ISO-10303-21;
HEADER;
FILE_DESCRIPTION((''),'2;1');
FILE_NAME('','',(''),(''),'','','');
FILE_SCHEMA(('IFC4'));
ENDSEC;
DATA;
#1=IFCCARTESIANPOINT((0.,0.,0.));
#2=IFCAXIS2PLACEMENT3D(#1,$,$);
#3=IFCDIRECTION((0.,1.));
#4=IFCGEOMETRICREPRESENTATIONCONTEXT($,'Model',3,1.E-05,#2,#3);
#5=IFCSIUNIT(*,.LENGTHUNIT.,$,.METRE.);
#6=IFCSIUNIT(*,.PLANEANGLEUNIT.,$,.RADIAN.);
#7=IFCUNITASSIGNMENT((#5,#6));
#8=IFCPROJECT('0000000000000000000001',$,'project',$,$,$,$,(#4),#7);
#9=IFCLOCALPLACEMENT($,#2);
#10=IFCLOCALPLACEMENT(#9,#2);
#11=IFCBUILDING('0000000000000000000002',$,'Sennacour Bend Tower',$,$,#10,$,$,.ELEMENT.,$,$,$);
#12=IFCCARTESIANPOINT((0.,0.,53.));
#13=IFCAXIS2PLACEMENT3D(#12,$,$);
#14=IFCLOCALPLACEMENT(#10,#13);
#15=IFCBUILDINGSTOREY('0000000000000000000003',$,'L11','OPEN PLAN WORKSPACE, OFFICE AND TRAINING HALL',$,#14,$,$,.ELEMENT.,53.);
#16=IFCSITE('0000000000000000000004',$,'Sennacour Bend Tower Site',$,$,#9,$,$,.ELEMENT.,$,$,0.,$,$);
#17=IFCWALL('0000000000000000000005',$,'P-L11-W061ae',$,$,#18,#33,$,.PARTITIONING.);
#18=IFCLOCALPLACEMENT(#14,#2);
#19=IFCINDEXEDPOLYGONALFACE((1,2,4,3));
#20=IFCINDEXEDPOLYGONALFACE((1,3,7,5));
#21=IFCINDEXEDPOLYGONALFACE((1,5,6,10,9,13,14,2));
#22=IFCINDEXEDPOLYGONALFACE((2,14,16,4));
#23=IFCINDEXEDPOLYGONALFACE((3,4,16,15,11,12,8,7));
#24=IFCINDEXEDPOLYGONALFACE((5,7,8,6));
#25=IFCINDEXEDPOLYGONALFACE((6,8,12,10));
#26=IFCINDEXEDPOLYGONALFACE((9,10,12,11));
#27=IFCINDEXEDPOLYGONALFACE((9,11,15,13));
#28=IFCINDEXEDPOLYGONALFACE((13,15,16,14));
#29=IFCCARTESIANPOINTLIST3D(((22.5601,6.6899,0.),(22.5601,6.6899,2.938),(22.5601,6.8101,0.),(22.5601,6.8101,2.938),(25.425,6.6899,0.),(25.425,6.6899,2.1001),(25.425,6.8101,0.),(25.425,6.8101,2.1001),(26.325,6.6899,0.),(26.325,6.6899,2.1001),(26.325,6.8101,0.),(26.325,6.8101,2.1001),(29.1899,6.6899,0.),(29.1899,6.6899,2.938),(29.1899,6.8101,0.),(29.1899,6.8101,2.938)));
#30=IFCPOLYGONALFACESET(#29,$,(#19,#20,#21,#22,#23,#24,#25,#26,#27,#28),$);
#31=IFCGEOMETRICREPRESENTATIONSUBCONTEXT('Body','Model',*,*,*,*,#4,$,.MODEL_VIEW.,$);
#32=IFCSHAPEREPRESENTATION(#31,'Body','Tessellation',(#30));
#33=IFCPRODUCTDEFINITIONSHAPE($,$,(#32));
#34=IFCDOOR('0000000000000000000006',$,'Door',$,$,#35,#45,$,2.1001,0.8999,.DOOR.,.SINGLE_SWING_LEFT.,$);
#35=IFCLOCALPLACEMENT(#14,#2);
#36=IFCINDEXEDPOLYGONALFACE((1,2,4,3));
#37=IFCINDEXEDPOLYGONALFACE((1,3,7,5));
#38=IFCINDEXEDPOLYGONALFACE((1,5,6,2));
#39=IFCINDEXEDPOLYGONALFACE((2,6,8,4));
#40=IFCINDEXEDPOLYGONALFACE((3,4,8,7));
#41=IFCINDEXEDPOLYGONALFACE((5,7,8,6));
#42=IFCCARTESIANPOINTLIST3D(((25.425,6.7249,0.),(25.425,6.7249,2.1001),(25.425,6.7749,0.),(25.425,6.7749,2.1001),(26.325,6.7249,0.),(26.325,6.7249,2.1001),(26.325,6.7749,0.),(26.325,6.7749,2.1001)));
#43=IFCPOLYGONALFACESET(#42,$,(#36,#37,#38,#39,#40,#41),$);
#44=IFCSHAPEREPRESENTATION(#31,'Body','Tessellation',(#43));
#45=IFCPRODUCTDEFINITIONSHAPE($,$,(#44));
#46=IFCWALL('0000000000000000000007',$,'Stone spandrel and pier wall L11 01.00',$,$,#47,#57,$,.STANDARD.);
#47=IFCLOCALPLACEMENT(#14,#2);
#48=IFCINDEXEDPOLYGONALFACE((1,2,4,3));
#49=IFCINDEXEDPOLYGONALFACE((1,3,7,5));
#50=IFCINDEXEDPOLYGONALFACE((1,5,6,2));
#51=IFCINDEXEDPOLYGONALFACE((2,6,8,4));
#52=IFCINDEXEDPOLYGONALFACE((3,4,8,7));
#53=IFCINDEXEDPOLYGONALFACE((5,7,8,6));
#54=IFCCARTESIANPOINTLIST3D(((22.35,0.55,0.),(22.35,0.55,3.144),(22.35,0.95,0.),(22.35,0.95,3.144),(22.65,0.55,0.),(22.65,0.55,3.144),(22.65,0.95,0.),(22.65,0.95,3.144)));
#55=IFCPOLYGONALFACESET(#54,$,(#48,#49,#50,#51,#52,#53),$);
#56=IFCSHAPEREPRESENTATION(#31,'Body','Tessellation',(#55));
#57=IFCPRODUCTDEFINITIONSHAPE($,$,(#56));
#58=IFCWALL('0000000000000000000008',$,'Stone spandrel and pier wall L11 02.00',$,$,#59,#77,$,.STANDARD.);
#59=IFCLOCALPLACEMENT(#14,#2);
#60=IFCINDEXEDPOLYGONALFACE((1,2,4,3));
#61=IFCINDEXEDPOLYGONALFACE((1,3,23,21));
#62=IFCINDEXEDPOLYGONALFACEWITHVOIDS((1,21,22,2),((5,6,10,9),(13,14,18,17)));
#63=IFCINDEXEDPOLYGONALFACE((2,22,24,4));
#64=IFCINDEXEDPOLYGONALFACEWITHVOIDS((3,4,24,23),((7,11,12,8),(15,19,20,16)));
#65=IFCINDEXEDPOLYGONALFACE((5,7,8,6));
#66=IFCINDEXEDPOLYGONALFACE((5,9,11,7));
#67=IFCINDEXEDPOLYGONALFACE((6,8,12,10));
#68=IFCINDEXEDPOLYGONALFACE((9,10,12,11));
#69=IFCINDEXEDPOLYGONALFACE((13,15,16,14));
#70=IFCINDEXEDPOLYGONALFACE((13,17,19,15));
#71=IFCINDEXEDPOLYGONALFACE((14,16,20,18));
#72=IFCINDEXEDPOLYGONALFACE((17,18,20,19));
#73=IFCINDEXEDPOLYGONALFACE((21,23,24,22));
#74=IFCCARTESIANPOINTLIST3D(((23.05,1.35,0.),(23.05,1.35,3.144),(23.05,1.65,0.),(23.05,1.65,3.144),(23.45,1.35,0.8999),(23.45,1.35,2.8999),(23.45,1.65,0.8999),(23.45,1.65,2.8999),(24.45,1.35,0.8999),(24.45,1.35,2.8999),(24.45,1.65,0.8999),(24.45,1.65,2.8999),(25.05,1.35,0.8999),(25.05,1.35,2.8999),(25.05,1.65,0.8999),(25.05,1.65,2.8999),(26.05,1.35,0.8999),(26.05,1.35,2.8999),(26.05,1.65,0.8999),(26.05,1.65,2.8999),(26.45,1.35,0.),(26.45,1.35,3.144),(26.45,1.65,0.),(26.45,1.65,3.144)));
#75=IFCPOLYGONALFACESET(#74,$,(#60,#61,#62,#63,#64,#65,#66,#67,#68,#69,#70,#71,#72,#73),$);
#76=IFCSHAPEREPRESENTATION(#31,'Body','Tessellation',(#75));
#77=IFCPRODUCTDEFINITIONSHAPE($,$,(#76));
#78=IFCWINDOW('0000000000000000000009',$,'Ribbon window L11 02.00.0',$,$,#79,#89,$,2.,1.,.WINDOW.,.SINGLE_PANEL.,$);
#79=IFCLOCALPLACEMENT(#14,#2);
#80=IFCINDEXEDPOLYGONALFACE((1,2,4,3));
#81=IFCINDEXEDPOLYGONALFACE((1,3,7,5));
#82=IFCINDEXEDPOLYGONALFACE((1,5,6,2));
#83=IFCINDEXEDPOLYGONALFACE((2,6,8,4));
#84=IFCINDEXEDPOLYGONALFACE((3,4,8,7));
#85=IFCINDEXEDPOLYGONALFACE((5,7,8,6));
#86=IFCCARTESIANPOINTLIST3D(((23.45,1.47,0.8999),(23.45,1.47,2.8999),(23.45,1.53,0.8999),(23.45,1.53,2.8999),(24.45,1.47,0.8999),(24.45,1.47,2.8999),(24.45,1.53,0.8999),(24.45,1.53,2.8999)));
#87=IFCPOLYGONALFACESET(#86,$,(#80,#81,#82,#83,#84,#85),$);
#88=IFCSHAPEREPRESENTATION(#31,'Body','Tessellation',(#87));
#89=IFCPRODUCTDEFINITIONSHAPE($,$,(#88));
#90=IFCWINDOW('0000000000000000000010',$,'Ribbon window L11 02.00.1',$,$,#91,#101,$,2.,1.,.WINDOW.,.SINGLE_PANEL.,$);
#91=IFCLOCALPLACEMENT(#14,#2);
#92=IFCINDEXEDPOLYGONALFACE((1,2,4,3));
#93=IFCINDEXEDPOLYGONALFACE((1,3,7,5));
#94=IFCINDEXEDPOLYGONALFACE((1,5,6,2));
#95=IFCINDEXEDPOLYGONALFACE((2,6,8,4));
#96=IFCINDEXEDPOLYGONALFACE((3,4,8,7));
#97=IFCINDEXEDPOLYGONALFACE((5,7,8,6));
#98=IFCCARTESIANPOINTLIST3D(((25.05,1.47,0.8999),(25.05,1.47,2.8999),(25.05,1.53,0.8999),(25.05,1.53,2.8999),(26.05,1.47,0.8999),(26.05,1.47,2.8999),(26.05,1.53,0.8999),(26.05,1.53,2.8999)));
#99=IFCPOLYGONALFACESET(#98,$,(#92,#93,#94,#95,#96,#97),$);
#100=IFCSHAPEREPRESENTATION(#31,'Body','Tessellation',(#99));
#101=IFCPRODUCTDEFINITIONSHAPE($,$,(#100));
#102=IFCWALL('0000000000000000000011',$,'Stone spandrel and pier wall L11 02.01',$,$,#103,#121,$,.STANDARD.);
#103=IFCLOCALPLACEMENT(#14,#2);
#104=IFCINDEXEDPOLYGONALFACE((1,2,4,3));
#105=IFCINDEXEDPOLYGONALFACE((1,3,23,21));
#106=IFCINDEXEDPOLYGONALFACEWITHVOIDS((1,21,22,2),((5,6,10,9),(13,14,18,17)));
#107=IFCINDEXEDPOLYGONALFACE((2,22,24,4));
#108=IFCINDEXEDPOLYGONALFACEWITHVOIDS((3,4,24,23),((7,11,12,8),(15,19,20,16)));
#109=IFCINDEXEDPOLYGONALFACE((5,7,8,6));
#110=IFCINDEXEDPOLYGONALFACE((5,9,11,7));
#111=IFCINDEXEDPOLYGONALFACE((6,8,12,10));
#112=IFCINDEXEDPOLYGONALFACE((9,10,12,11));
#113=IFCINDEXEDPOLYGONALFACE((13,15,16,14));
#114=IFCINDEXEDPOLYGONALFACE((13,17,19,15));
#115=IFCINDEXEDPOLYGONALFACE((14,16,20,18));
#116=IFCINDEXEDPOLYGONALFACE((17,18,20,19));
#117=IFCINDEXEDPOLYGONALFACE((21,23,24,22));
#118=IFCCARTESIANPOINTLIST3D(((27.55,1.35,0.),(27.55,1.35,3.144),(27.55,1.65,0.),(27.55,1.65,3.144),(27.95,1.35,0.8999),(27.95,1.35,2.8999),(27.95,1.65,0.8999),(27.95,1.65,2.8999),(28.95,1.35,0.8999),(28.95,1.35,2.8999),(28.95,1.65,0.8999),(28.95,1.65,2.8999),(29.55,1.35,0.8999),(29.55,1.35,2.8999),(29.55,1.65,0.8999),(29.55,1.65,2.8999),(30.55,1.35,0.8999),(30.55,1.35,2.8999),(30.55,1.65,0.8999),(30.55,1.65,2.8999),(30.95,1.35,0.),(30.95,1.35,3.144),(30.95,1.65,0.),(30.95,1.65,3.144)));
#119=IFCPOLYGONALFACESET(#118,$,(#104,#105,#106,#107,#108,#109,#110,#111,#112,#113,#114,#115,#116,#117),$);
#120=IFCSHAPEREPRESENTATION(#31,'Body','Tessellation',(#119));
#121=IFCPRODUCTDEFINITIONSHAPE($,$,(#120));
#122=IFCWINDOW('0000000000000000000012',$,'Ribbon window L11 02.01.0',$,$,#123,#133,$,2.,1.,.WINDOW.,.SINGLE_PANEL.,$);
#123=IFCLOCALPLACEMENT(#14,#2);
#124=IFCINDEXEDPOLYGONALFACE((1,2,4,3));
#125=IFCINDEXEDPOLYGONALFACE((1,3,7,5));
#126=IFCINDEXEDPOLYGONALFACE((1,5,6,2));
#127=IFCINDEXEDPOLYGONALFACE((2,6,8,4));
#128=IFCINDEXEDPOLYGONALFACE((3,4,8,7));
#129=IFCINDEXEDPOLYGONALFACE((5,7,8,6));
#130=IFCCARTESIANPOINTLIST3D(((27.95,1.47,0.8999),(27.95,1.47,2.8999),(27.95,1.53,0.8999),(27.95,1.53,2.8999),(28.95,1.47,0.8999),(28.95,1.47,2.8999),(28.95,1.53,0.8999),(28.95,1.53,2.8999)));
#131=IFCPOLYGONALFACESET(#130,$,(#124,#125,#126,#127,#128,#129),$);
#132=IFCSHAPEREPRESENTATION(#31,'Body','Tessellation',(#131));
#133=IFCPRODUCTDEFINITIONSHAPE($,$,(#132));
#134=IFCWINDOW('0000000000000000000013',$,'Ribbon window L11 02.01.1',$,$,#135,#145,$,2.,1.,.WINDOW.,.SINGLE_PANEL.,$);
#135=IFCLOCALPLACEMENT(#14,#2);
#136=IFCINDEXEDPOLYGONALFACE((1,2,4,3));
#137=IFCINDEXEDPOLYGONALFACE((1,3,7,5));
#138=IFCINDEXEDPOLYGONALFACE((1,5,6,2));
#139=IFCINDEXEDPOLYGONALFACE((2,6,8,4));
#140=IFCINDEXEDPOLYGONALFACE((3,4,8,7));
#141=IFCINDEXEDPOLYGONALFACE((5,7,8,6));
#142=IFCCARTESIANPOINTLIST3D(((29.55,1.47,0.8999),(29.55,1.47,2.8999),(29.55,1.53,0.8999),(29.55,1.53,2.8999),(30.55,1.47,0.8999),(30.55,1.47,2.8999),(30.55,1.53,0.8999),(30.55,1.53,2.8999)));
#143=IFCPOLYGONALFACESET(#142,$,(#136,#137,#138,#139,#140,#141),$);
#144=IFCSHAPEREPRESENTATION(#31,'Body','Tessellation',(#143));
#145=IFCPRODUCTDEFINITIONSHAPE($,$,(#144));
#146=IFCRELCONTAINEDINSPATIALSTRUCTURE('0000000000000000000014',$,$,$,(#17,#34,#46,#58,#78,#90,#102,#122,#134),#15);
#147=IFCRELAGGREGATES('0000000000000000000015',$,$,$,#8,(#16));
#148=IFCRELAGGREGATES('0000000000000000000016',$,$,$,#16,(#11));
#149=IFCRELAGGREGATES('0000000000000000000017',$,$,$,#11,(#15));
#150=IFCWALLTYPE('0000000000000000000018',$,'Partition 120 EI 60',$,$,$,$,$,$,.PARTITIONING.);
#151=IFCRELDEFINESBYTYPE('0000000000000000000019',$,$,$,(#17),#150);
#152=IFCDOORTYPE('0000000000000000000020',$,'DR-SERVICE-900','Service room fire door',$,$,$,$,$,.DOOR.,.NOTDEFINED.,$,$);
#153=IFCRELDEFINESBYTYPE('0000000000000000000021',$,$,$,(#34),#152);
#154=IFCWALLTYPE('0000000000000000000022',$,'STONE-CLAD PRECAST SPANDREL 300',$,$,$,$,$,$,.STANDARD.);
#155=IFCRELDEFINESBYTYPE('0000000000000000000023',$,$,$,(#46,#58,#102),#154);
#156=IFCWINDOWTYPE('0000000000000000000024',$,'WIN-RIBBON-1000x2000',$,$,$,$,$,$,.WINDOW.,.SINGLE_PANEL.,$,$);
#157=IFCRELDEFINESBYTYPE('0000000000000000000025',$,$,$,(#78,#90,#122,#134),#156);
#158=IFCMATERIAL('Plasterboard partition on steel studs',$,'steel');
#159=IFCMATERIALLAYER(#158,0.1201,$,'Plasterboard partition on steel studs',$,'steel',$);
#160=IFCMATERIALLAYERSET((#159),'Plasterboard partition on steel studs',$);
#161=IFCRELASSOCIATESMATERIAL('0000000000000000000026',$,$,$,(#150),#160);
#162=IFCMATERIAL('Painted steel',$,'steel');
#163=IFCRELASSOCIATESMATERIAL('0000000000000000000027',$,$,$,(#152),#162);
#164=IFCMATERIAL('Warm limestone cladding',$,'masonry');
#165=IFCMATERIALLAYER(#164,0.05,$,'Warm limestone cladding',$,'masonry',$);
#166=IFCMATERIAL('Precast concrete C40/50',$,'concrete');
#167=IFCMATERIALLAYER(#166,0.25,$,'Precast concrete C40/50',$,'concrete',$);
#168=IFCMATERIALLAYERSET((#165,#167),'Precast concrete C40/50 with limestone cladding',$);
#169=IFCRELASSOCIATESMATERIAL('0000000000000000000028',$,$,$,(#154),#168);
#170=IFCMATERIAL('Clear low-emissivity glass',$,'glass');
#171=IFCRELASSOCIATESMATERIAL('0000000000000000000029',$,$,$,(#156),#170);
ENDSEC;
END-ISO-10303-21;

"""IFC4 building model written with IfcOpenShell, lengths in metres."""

from ifc_helpers import new_model, si_unit, direction, frame, frame_2d, origin, place, context, subcontext, project, spatial, rectangle, extrude, material, layer, layer_set, type_object, element, fill, save


model = new_model("IFC4")

# Units and contexts
model_context = context("Model", 3, precision=1e-05, world=origin(), true_north=direction((0.0, 1.0)))
body_context = subcontext(model_context, "Body", "Model", "MODEL_VIEW")
ifc_project = project(units=[si_unit("LENGTHUNIT", "METRE"), si_unit("PLANEANGLEUNIT", "RADIAN")], contexts=[model_context])

# Site, building, storey
site_placement = place(None, origin())
site = spatial("IfcSite", under=ifc_project, at=site_placement, Name="Sennacour Bend Tower Site", CompositionType="ELEMENT", RefElevation=0.0)
building_placement = place(site_placement, origin())
building = spatial("IfcBuilding", under=site, at=building_placement, Name="Sennacour Bend Tower", CompositionType="ELEMENT")
storey_placement = place(building_placement, frame((0.0, 0.0, 53.0)))
storey = spatial("IfcBuildingStorey", under=building, at=storey_placement, Name="L11", Description="OPEN PLAN WORKSPACE, OFFICE AND TRAINING HALL", CompositionType="ELEMENT", Elevation=53.0)

# Shared definitions
ifc_material_1 = material(Name="Plasterboard partition on steel studs", Category="steel")

# Wall, opening, door
ifc_layer_1 = layer(ifc_material_1, 0.1201, Name="Plasterboard partition on steel studs", Category="steel")
ifc_layer_set_1 = layer_set([ifc_layer_1], Name="Plasterboard partition on steel studs")
wall_type_1 = type_object("IfcWallType", Name="Partition 120 EI 60", PredefinedType="PARTITIONING", material=ifc_layer_set_1)
wall_1_placement = place(storey_placement, frame((22.5601, 6.75, 0.0), z_axis=(0.0, 0.0, 1.0), x_axis=(1.0, 0.0, 0.0)))
wall_1 = element("IfcWall", 1, at=wall_1_placement, inside=storey, type_object=wall_type_1, Name="P-L11-W061ae", PredefinedType="PARTITIONING", context=body_context, shape_type="SweptSolid", body=[
    extrude(rectangle(XDim=6.6299, YDim=0.1201, at=frame_2d((3.3149, 0.0))), origin(), (0.0, 0.0, 1.0), 2.938),
])
opening_1_placement = place(wall_1_placement, frame((2.865, 0.0, 0.0)))
opening_1 = element("IfcOpeningElement", 2, at=opening_1_placement, cuts=wall_1, PredefinedType="OPENING", context=body_context, shape_type="SweptSolid", body=[
    extrude(rectangle(XDim=0.8999, YDim=2.1001, at=frame_2d((0.45, 1.05))), frame((0.0, 0.0701, 0.0), z_axis=(0.0, -1.0, 0.0), x_axis=(1.0, 0.0, 0.0)), (0.0, 0.0, 1.0), 0.1401),
])
ifc_material_2 = material(Name="Painted steel", Category="steel")
door_type_1 = type_object("IfcDoorType", Name="DR-SERVICE-900", Description="Service room fire door", OperationType="NOTDEFINED", PredefinedType="DOOR", material=ifc_material_2)
door_1_placement = place(opening_1_placement, origin())
door_1 = element("IfcDoor", 3, at=door_1_placement, inside=storey, type_object=door_type_1, Name="Door", OperationType="SINGLE_SWING_LEFT", OverallHeight=2.1001, OverallWidth=0.8999, PredefinedType="DOOR", context=body_context, shape_type="SweptSolid", body=[
    extrude(rectangle(XDim=0.8999, YDim=2.1001, at=frame_2d((0.45, 1.05))), frame((0.0, 0.0249, 0.0), z_axis=(0.0, -1.0, 0.0), x_axis=(1.0, 0.0, 0.0)), (0.0, 0.0, 1.0), 0.05),
])
fill(opening_1, door_1)

# Wall
ifc_material_3 = material(Name="Warm limestone cladding", Category="masonry")
ifc_layer_2 = layer(ifc_material_3, 0.05, Name="Warm limestone cladding", Category="masonry")
ifc_material_4 = material(Name="Precast concrete C40/50", Category="concrete")
ifc_layer_3 = layer(ifc_material_4, 0.25, Name="Precast concrete C40/50", Category="concrete")
ifc_layer_set_2 = layer_set([ifc_layer_2, ifc_layer_3], Name="Precast concrete C40/50 with limestone cladding")
wall_type_2 = type_object("IfcWallType", Name="STONE-CLAD PRECAST SPANDREL 300", PredefinedType="STANDARD", material=ifc_layer_set_2)
wall_2_placement = place(storey_placement, frame((22.5, 0.55, 0.0), z_axis=(0.0, 0.0, 1.0), x_axis=(0.0, 1.0, 0.0)))
element("IfcWall", 4, at=wall_2_placement, inside=storey, type_object=wall_type_2, Name="Stone spandrel and pier wall L11 01.00", PredefinedType="STANDARD", context=body_context, shape_type="SweptSolid", body=[
    extrude(rectangle(XDim=0.3999, YDim=0.3, at=frame_2d((0.2, 0.0))), origin(), (0.0, 0.0, 1.0), 3.144),
])

# Walls, openings, windows
wall_3_placement = place(storey_placement, frame((23.05, 1.5, 0.0), z_axis=(0.0, 0.0, 1.0), x_axis=(1.0, 0.0, 0.0)))
wall_3 = element("IfcWall", 5, at=wall_3_placement, inside=storey, type_object=wall_type_2, Name="Stone spandrel and pier wall L11 02.00", PredefinedType="STANDARD", context=body_context, shape_type="SweptSolid", body=[
    extrude(rectangle(XDim=3.3999, YDim=0.3, at=frame_2d((1.7, 0.0))), origin(), (0.0, 0.0, 1.0), 3.144),
])
opening_2_placement = place(wall_3_placement, frame((0.3999, 0.0, 0.8999)))
opening_2 = element("IfcOpeningElement", 6, at=opening_2_placement, cuts=wall_3, PredefinedType="OPENING", context=body_context, shape_type="SweptSolid", body=[
    extrude(rectangle(XDim=1.0, YDim=2.0, at=frame_2d((0.5, 1.0))), frame((0.0, 0.1602, 0.0), z_axis=(0.0, -1.0, 0.0), x_axis=(1.0, 0.0, 0.0)), (0.0, 0.0, 1.0), 0.3201),
])
opening_3_placement = place(wall_3_placement, frame((2.0, 0.0, 0.8999)))
opening_3 = element("IfcOpeningElement", 7, at=opening_3_placement, cuts=wall_3, PredefinedType="OPENING", context=body_context, shape_type="SweptSolid", body=[
    extrude(rectangle(XDim=1.0, YDim=2.0, at=frame_2d((0.5, 1.0))), frame((0.0, 0.1602, 0.0), z_axis=(0.0, -1.0, 0.0), x_axis=(1.0, 0.0, 0.0)), (0.0, 0.0, 1.0), 0.3201),
])
ifc_material_5 = material(Name="Clear low-emissivity glass", Category="glass")
window_type = type_object("IfcWindowType", Name="WIN-RIBBON-1000x2000", PartitioningType="SINGLE_PANEL", PredefinedType="WINDOW", material=ifc_material_5)
window_1_placement = place(opening_2_placement, origin())
window_1 = element("IfcWindow", 8, at=window_1_placement, inside=storey, type_object=window_type, Name="Ribbon window L11 02.00.0", OverallHeight=2.0, OverallWidth=1.0, PartitioningType="SINGLE_PANEL", PredefinedType="WINDOW", context=body_context, shape_type="SweptSolid", body=[
    extrude(rectangle(XDim=1.0, YDim=2.0, at=frame_2d((0.5, 1.0))), frame((0.0, 0.03, 0.0), z_axis=(0.0, -1.0, 0.0), x_axis=(1.0, 0.0, 0.0)), (0.0, 0.0, 1.0), 0.0601),
])
fill(opening_2, window_1)
window_2_placement = place(opening_3_placement, origin())
window_2 = element("IfcWindow", 9, at=window_2_placement, inside=storey, type_object=window_type, Name="Ribbon window L11 02.00.1", OverallHeight=2.0, OverallWidth=1.0, PartitioningType="SINGLE_PANEL", PredefinedType="WINDOW", context=body_context, shape_type="SweptSolid", body=[
    extrude(rectangle(XDim=1.0, YDim=2.0, at=frame_2d((0.5, 1.0))), frame((0.0, 0.03, 0.0), z_axis=(0.0, -1.0, 0.0), x_axis=(1.0, 0.0, 0.0)), (0.0, 0.0, 1.0), 0.0601),
])
fill(opening_3, window_2)
wall_4_placement = place(storey_placement, frame((27.55, 1.5, 0.0), z_axis=(0.0, 0.0, 1.0), x_axis=(1.0, 0.0, 0.0)))
wall_4 = element("IfcWall", 10, at=wall_4_placement, inside=storey, type_object=wall_type_2, Name="Stone spandrel and pier wall L11 02.01", PredefinedType="STANDARD", context=body_context, shape_type="SweptSolid", body=[
    extrude(rectangle(XDim=3.3999, YDim=0.3, at=frame_2d((1.7, 0.0))), origin(), (0.0, 0.0, 1.0), 3.144),
])
opening_4_placement = place(wall_4_placement, frame((0.3999, 0.0, 0.8999)))
opening_4 = element("IfcOpeningElement", 11, at=opening_4_placement, cuts=wall_4, PredefinedType="OPENING", context=body_context, shape_type="SweptSolid", body=[
    extrude(rectangle(XDim=1.0, YDim=2.0, at=frame_2d((0.5, 1.0))), frame((0.0, 0.1602, 0.0), z_axis=(0.0, -1.0, 0.0), x_axis=(1.0, 0.0, 0.0)), (0.0, 0.0, 1.0), 0.3201),
])
opening_5_placement = place(wall_4_placement, frame((2.0, 0.0, 0.8999)))
opening_5 = element("IfcOpeningElement", 12, at=opening_5_placement, cuts=wall_4, PredefinedType="OPENING", context=body_context, shape_type="SweptSolid", body=[
    extrude(rectangle(XDim=1.0, YDim=2.0, at=frame_2d((0.5, 1.0))), frame((0.0, 0.1602, 0.0), z_axis=(0.0, -1.0, 0.0), x_axis=(1.0, 0.0, 0.0)), (0.0, 0.0, 1.0), 0.3201),
])
window_3_placement = place(opening_4_placement, origin())
window_3 = element("IfcWindow", 13, at=window_3_placement, inside=storey, type_object=window_type, Name="Ribbon window L11 02.01.0", OverallHeight=2.0, OverallWidth=1.0, PartitioningType="SINGLE_PANEL", PredefinedType="WINDOW", context=body_context, shape_type="SweptSolid", body=[
    extrude(rectangle(XDim=1.0, YDim=2.0, at=frame_2d((0.5, 1.0))), frame((0.0, 0.03, 0.0), z_axis=(0.0, -1.0, 0.0), x_axis=(1.0, 0.0, 0.0)), (0.0, 0.0, 1.0), 0.0601),
])
fill(opening_4, window_3)
window_4_placement = place(opening_5_placement, origin())
window_4 = element("IfcWindow", 14, at=window_4_placement, inside=storey, type_object=window_type, Name="Ribbon window L11 02.01.1", OverallHeight=2.0, OverallWidth=1.0, PartitioningType="SINGLE_PANEL", PredefinedType="WINDOW", context=body_context, shape_type="SweptSolid", body=[
    extrude(rectangle(XDim=1.0, YDim=2.0, at=frame_2d((0.5, 1.0))), frame((0.0, 0.03, 0.0), z_axis=(0.0, -1.0, 0.0), x_axis=(1.0, 0.0, 0.0)), (0.0, 0.0, 1.0), 0.0601),
])
fill(opening_5, window_4)

save(model, "model.ifc")
